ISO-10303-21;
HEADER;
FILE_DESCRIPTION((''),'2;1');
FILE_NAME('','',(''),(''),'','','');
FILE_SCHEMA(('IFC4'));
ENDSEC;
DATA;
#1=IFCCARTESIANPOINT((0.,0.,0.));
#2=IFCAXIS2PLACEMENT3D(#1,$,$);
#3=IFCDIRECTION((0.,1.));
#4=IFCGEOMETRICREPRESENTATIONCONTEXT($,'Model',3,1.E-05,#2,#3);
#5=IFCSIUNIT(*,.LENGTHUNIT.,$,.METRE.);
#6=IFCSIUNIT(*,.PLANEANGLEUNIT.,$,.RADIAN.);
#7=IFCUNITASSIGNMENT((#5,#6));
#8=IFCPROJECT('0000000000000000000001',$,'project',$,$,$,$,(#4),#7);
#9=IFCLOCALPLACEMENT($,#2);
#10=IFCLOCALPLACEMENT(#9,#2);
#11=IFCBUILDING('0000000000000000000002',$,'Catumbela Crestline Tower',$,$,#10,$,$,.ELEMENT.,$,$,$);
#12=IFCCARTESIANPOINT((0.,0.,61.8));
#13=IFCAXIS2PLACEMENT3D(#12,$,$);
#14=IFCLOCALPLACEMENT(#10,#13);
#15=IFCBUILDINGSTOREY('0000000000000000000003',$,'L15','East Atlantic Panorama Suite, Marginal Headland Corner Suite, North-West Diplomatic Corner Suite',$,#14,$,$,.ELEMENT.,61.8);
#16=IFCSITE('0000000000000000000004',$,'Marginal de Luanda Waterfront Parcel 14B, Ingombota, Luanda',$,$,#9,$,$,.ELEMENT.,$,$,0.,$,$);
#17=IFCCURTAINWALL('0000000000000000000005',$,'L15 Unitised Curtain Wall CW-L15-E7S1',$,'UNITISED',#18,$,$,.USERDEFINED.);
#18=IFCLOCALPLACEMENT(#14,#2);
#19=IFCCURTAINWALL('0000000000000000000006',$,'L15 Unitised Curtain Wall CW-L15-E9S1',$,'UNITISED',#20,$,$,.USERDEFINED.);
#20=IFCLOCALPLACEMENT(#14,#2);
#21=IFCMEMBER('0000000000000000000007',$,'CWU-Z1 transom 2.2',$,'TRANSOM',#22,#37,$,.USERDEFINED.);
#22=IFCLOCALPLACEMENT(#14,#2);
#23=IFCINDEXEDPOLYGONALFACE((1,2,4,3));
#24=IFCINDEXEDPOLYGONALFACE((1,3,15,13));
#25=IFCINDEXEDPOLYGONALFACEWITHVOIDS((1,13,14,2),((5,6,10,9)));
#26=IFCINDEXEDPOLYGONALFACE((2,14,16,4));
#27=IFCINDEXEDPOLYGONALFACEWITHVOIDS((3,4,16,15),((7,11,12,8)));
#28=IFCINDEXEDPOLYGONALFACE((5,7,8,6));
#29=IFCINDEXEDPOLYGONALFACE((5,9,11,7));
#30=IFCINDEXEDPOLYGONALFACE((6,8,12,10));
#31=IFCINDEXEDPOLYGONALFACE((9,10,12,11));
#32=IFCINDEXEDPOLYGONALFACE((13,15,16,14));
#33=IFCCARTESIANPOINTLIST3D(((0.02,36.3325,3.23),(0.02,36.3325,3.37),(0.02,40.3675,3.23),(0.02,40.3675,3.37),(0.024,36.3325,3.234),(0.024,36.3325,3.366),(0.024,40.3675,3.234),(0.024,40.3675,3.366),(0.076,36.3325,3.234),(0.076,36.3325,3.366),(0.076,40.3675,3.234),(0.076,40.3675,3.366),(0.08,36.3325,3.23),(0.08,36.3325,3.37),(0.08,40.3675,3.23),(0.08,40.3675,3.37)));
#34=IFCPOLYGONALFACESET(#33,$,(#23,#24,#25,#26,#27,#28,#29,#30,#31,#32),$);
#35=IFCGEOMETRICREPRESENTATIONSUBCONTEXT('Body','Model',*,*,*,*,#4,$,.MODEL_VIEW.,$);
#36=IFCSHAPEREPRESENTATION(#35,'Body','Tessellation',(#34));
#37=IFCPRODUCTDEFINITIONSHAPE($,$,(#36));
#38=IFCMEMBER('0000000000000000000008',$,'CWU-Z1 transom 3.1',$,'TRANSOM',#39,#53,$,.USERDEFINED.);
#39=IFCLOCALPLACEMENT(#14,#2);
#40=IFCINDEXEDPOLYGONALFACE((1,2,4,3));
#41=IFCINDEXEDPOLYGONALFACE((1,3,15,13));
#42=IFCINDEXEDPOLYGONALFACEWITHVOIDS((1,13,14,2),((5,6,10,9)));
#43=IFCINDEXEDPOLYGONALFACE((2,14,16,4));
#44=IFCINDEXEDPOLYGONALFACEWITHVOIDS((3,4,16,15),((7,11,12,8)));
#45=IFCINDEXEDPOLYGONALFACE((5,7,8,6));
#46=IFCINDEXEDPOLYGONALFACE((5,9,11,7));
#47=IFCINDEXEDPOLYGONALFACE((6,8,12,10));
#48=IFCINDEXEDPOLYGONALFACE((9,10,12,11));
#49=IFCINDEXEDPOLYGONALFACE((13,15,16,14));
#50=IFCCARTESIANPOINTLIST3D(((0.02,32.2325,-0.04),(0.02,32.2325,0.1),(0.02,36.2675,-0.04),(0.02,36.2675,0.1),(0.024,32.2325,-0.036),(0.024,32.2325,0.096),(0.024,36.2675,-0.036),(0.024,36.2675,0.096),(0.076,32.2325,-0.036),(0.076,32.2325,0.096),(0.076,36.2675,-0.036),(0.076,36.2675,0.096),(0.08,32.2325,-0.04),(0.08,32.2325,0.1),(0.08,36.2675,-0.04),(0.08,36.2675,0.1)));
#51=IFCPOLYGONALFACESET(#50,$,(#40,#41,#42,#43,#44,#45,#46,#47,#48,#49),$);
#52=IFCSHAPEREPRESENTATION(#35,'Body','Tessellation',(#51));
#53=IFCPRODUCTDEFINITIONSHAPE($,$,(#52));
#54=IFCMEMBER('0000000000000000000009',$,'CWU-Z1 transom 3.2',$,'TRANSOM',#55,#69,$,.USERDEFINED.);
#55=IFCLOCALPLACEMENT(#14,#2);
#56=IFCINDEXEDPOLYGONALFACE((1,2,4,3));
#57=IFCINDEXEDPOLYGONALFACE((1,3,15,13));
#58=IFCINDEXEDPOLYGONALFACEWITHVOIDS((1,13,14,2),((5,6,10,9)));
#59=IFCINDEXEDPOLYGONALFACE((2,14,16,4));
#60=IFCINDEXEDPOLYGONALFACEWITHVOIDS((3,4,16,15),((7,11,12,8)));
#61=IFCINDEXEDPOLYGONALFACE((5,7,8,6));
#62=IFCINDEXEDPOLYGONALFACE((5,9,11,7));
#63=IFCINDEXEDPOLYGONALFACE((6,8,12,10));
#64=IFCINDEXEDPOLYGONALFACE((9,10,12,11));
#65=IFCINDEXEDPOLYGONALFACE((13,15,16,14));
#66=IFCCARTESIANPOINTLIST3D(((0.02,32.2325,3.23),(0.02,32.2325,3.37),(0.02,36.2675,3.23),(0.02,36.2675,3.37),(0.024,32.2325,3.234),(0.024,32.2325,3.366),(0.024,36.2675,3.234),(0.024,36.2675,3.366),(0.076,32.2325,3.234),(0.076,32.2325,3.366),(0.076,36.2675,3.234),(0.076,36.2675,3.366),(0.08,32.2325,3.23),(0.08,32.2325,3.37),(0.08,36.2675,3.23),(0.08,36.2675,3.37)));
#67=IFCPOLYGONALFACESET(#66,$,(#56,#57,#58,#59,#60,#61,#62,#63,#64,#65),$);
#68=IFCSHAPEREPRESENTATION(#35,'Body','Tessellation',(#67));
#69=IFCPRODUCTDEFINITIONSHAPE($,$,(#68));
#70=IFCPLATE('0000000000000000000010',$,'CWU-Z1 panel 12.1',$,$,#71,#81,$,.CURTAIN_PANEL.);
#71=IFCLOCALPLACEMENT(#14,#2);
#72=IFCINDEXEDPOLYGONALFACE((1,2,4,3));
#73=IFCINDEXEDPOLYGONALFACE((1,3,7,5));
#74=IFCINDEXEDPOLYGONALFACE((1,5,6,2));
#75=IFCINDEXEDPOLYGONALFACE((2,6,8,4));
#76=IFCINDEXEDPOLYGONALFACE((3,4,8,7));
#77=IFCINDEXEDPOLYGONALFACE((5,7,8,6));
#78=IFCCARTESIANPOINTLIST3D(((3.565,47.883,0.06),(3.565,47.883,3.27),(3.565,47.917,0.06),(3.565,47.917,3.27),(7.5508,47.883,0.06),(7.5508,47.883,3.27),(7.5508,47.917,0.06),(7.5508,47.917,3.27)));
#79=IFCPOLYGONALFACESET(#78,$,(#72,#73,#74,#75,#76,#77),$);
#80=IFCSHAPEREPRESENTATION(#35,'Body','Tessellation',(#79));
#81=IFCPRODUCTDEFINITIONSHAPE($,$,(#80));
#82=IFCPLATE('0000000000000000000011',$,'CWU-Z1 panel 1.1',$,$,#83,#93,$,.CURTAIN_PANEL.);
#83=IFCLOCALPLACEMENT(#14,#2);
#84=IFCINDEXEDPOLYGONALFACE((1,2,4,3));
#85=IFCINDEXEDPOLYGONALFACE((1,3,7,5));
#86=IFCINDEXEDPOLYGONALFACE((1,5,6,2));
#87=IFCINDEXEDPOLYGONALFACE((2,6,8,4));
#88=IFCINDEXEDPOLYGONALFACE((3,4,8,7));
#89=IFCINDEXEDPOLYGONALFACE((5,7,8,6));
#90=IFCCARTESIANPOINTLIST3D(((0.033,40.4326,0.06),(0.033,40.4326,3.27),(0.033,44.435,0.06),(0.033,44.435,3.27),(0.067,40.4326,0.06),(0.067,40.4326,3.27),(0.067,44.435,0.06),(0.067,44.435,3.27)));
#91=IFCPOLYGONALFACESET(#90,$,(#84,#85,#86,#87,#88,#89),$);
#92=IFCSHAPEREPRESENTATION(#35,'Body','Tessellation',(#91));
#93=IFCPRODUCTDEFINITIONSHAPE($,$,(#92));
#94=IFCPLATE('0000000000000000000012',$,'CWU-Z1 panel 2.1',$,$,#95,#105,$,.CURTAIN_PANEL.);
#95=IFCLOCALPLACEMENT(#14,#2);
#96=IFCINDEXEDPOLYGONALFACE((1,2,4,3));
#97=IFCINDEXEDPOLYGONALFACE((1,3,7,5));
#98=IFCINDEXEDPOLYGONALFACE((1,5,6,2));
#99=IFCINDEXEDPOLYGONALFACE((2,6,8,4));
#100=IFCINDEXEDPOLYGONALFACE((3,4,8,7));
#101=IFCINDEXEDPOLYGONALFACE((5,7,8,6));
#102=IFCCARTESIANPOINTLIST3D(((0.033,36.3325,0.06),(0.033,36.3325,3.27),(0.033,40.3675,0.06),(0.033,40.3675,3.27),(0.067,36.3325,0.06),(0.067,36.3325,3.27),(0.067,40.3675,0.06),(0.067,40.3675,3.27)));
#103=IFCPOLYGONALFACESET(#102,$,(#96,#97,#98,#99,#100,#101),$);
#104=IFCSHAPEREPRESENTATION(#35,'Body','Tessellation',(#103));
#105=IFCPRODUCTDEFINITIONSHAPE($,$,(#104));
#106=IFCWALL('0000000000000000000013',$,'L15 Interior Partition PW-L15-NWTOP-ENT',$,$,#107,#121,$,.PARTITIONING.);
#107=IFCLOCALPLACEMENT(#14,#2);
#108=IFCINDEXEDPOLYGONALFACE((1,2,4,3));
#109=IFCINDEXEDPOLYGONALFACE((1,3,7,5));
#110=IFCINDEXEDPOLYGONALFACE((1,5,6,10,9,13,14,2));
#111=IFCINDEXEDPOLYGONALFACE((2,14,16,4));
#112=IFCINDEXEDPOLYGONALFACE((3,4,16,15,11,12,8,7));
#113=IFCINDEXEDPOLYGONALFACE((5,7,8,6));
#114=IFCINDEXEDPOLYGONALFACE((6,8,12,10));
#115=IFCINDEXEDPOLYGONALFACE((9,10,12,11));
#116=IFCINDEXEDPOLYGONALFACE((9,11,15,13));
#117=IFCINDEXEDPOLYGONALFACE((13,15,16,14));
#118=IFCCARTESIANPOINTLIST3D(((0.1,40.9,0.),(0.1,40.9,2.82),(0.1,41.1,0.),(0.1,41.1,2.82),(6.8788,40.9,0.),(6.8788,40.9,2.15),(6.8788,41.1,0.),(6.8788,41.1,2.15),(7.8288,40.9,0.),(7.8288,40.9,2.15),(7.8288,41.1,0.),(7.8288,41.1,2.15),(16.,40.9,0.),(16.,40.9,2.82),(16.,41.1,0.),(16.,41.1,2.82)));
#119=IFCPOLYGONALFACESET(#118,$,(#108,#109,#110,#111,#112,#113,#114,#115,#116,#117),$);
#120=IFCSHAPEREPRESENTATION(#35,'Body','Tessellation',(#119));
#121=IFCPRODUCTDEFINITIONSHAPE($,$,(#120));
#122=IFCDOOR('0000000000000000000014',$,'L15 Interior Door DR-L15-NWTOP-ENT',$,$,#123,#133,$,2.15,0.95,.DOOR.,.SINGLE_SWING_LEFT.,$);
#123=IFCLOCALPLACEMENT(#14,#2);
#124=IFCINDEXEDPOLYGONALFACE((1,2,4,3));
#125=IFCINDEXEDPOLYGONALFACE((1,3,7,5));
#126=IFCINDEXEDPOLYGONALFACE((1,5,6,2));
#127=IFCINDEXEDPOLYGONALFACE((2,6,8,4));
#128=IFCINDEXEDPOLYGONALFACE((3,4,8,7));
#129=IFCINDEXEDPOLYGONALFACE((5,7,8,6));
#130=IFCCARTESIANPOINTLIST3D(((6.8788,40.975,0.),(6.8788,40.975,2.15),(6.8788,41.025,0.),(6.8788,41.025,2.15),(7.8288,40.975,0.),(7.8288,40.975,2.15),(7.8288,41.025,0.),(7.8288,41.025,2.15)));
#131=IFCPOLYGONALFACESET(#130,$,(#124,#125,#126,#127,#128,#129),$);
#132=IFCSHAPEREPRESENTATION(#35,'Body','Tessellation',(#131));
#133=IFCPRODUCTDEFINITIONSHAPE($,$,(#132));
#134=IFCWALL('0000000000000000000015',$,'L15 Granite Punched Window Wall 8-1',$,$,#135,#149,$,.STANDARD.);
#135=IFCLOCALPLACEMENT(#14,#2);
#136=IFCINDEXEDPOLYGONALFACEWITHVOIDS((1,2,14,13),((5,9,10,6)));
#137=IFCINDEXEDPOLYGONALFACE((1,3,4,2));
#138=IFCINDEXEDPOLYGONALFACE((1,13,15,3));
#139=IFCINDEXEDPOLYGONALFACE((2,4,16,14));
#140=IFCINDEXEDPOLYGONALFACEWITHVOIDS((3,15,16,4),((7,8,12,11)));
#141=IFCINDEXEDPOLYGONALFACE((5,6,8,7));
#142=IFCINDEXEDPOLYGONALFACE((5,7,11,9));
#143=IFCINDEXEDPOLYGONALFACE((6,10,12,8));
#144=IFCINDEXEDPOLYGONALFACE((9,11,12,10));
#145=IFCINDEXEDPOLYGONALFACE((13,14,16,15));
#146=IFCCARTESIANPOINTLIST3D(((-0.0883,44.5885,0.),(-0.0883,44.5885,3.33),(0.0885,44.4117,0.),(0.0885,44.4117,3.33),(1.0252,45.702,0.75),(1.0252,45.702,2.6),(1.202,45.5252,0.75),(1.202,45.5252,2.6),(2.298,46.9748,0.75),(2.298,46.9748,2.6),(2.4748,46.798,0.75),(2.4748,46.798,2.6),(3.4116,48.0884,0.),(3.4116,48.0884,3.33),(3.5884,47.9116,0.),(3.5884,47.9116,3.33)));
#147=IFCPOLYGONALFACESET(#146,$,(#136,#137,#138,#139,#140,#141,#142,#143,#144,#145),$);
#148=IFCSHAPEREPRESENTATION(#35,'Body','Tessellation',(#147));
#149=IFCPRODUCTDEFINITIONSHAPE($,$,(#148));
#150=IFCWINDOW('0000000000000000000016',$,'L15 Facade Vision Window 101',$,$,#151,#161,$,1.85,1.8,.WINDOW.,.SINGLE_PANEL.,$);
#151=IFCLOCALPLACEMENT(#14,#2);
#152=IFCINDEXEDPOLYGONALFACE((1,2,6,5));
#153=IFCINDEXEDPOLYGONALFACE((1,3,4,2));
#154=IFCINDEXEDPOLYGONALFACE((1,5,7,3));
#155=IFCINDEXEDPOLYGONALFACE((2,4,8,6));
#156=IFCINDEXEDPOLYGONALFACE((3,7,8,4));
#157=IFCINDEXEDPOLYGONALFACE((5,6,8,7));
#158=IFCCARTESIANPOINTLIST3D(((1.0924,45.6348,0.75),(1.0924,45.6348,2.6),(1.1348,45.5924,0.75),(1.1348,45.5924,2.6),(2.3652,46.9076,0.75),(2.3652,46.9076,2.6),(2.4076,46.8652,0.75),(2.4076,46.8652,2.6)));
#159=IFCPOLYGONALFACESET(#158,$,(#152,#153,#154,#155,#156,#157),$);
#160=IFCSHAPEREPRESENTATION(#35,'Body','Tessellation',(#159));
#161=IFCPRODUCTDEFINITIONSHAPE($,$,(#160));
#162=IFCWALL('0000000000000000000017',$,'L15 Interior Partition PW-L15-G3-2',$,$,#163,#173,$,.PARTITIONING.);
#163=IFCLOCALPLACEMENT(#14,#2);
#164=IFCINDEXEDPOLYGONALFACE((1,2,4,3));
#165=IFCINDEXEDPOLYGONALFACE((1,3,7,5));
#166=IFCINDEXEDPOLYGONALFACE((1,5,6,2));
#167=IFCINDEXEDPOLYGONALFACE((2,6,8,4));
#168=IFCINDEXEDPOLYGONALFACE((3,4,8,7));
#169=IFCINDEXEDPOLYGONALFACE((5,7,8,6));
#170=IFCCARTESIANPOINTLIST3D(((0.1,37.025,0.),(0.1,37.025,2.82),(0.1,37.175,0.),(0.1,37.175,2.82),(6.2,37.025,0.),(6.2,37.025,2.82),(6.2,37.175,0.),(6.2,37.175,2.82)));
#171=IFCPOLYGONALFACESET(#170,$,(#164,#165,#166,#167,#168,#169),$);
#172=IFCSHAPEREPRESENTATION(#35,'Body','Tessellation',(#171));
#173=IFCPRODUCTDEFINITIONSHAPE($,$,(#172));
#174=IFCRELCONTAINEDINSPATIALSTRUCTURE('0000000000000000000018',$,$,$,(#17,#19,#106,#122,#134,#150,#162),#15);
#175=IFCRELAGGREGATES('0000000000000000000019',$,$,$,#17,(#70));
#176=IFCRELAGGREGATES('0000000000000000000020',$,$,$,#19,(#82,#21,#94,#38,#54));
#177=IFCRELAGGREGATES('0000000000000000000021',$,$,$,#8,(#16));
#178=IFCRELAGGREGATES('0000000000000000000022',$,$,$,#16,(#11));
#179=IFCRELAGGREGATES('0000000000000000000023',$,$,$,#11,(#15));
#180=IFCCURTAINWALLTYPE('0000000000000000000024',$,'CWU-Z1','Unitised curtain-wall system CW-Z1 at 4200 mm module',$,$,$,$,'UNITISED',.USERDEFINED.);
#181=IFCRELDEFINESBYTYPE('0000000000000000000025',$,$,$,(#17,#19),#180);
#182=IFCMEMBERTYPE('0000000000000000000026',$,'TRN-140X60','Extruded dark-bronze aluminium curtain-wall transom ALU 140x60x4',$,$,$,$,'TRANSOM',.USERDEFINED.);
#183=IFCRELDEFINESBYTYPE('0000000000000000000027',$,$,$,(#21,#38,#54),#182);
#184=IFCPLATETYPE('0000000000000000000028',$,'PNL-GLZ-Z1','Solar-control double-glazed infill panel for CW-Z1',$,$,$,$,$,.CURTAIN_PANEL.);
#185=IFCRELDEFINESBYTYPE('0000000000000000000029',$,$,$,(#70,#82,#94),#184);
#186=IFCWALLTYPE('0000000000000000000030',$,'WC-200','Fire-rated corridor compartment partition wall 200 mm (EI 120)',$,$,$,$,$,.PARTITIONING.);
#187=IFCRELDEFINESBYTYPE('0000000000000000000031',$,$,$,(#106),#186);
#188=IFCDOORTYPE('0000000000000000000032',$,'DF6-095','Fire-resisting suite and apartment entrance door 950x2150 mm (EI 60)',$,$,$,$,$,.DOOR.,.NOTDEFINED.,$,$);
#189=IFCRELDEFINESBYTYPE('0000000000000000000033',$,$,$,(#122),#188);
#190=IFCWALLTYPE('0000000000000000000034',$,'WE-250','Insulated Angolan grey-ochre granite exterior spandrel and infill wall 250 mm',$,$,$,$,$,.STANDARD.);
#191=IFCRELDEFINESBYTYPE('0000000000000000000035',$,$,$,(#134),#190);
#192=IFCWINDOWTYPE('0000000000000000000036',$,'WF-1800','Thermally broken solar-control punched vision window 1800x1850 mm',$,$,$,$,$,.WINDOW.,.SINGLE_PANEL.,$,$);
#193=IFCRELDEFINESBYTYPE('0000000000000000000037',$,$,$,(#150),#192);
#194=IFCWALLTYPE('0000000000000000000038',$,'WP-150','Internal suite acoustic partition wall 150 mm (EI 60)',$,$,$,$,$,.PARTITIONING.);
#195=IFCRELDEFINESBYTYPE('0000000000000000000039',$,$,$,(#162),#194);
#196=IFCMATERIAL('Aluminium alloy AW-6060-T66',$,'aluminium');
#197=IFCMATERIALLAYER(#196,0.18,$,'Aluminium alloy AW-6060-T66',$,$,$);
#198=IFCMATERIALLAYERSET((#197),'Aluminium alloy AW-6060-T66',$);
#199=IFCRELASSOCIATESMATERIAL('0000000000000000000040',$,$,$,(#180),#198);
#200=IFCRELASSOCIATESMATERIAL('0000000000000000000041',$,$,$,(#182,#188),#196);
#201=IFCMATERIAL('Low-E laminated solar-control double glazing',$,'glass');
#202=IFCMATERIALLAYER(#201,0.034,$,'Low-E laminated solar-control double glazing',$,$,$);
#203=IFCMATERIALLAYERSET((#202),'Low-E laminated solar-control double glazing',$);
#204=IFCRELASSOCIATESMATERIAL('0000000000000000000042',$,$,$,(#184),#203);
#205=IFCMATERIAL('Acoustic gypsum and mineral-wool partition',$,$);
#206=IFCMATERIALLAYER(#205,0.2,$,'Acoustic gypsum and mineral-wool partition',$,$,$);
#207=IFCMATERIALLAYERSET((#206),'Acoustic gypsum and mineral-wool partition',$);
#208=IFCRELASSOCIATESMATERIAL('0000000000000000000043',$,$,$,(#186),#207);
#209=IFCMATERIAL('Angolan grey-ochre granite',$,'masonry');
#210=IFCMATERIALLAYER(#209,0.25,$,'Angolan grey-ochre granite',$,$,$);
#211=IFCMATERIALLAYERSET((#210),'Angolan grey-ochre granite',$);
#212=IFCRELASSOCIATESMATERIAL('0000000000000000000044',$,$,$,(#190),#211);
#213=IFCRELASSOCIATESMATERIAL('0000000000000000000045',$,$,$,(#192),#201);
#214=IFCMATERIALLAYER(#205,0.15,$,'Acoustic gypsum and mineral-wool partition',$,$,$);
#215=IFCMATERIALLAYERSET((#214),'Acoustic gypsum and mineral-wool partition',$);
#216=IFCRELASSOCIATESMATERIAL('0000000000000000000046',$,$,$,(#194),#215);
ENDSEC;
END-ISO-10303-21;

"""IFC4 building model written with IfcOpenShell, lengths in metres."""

from ifc_helpers import new_model, si_unit, direction, frame, frame_2d, origin, origin_2d, place, context, subcontext, project, spatial, rectangle, hollow_rectangle, extrude, material, layer, layer_set, material_profile, profile_set, type_object, element, fill, aggregate, save


model = new_model("IFC4")

# Units and contexts
model_context = context("Model", 3, precision=1e-05, world=origin(), true_north=direction((0.0, 1.0)))
body_context = subcontext(model_context, "Body", "Model", "MODEL_VIEW")
ifc_project = project(units=[si_unit("LENGTHUNIT", "METRE"), si_unit("PLANEANGLEUNIT", "RADIAN")], contexts=[model_context])

# Site, building, storey
site_placement = place(None, origin())
site = spatial("IfcSite", under=ifc_project, at=site_placement, Name="Marginal de Luanda Waterfront Parcel 14B, Ingombota, Luanda", CompositionType="ELEMENT", RefElevation=0.0)
building_placement = place(site_placement, origin())
building = spatial("IfcBuilding", under=site, at=building_placement, Name="Catumbela Crestline Tower", CompositionType="ELEMENT")
storey_placement = place(building_placement, frame((0.0, 0.0, 61.8)))
storey = spatial("IfcBuildingStorey", under=building, at=storey_placement, Name="L15", Description="East Atlantic Panorama Suite, Marginal Headland Corner Suite, North-West Diplomatic Corner Suite", CompositionType="ELEMENT", Elevation=61.8)

# Curtain walls
ifc_material_1 = material(Name="Aluminium alloy AW-6060-T66", Category="aluminium")
ifc_layer_1 = layer(ifc_material_1, 0.18, Name="Aluminium alloy AW-6060-T66")
ifc_layer_set_1 = layer_set([ifc_layer_1], Name="Aluminium alloy AW-6060-T66")
curtain_wall_type = type_object("IfcCurtainWallType", Name="CWU-Z1", Description="Unitised curtain-wall system CW-Z1 at 4200 mm module", ElementType="UNITISED", PredefinedType="USERDEFINED", material=ifc_layer_set_1)
curtain_wall_1_placement = place(storey_placement, origin())
curtain_wall_1 = element("IfcCurtainWall", 1, at=curtain_wall_1_placement, inside=storey, type_object=curtain_wall_type, Name="L15 Unitised Curtain Wall CW-L15-E7S1", ObjectType="UNITISED", PredefinedType="USERDEFINED")
curtain_wall_2_placement = place(storey_placement, origin())
curtain_wall_2 = element("IfcCurtainWall", 2, at=curtain_wall_2_placement, inside=storey, type_object=curtain_wall_type, Name="L15 Unitised Curtain Wall CW-L15-E9S1", ObjectType="UNITISED", PredefinedType="USERDEFINED")

# Members
ifc_material_profile_1 = material_profile(ifc_material_1, hollow_rectangle(XDim=0.06, YDim=0.14, WallThickness=0.004, at=origin_2d()), Name="ALU 140x60x4")
ifc_profile_set_1 = profile_set([ifc_material_profile_1], Name="Aluminium alloy AW-6060-T66")
member_type_1 = type_object("IfcMemberType", Name="TRN-140X60", Description="Extruded dark-bronze aluminium curtain-wall transom ALU 140x60x4", ElementType="TRANSOM", PredefinedType="USERDEFINED", material=ifc_profile_set_1)
member_1_placement = place(storey_placement, frame((0.05, 40.3675, 3.3), z_axis=(0.0, -1.0, 0.0), x_axis=(1.0, 0.0, 0.0)))
member_1 = element("IfcMember", 3, at=member_1_placement, type_object=member_type_1, Name="CWU-Z1 transom 2.2", ObjectType="TRANSOM", PredefinedType="USERDEFINED", context=body_context, shape_type="SweptSolid", body=[
    extrude(hollow_rectangle(XDim=0.06, YDim=0.14, WallThickness=0.004, at=origin_2d()), origin(), (0.0, 0.0, 1.0), 4.035),
])
member_2_placement = place(storey_placement, frame((0.05, 36.2675, 0.03), z_axis=(0.0, -1.0, 0.0), x_axis=(1.0, 0.0, 0.0)))
member_2 = element("IfcMember", 4, at=member_2_placement, type_object=member_type_1, Name="CWU-Z1 transom 3.1", ObjectType="TRANSOM", PredefinedType="USERDEFINED", context=body_context, shape_type="SweptSolid", body=[
    extrude(hollow_rectangle(XDim=0.06, YDim=0.14, WallThickness=0.004, at=origin_2d()), origin(), (0.0, 0.0, 1.0), 4.035),
])
member_3_placement = place(storey_placement, frame((0.05, 36.2675, 3.3), z_axis=(0.0, -1.0, 0.0), x_axis=(1.0, 0.0, 0.0)))
member_3 = element("IfcMember", 5, at=member_3_placement, type_object=member_type_1, Name="CWU-Z1 transom 3.2", ObjectType="TRANSOM", PredefinedType="USERDEFINED", context=body_context, shape_type="SweptSolid", body=[
    extrude(hollow_rectangle(XDim=0.06, YDim=0.14, WallThickness=0.004, at=origin_2d()), origin(), (0.0, 0.0, 1.0), 4.035),
])

# Plates
ifc_material_2 = material(Name="Low-E laminated solar-control double glazing", Category="glass")
ifc_layer_2 = layer(ifc_material_2, 0.034, Name="Low-E laminated solar-control double glazing")
ifc_layer_set_2 = layer_set([ifc_layer_2], Name="Low-E laminated solar-control double glazing")
plate_type = type_object("IfcPlateType", Name="PNL-GLZ-Z1", Description="Solar-control double-glazed infill panel for CW-Z1", PredefinedType="CURTAIN_PANEL", material=ifc_layer_set_2)
plate_1_placement = place(storey_placement, frame((5.5579, 47.9, 0.06), z_axis=(0.0, 0.0, 1.0), x_axis=(-1.0, 0.0, 0.0)))
plate_1 = element("IfcPlate", 6, at=plate_1_placement, type_object=plate_type, Name="CWU-Z1 panel 12.1", PredefinedType="CURTAIN_PANEL", context=body_context, shape_type="SweptSolid", body=[
    extrude(rectangle(XDim=3.9858, YDim=0.034, at=origin_2d()), origin(), (0.0, 0.0, 1.0), 3.21),
])
aggregate(curtain_wall_1, [plate_1])
plate_2_placement = place(storey_placement, frame((0.05, 42.4338, 0.06), z_axis=(0.0, 0.0, 1.0), x_axis=(0.0, -1.0, 0.0)))
plate_2 = element("IfcPlate", 7, at=plate_2_placement, type_object=plate_type, Name="CWU-Z1 panel 1.1", PredefinedType="CURTAIN_PANEL", context=body_context, shape_type="SweptSolid", body=[
    extrude(rectangle(XDim=4.0025, YDim=0.034, at=origin_2d()), origin(), (0.0, 0.0, 1.0), 3.21),
])
plate_3_placement = place(storey_placement, frame((0.05, 38.35, 0.06), z_axis=(0.0, 0.0, 1.0), x_axis=(0.0, -1.0, 0.0)))
plate_3 = element("IfcPlate", 8, at=plate_3_placement, type_object=plate_type, Name="CWU-Z1 panel 2.1", PredefinedType="CURTAIN_PANEL", context=body_context, shape_type="SweptSolid", body=[
    extrude(rectangle(XDim=4.035, YDim=0.034, at=origin_2d()), origin(), (0.0, 0.0, 1.0), 3.21),
])
aggregate(curtain_wall_2, [plate_2, member_1, plate_3, member_2, member_3])

# Wall, opening, door
ifc_material_3 = material(Name="Acoustic gypsum and mineral-wool partition")
ifc_layer_3 = layer(ifc_material_3, 0.2, Name="Acoustic gypsum and mineral-wool partition")
ifc_layer_set_3 = layer_set([ifc_layer_3], Name="Acoustic gypsum and mineral-wool partition")
wall_type_1 = type_object("IfcWallType", Name="WC-200", Description="Fire-rated corridor compartment partition wall 200 mm (EI 120)", PredefinedType="PARTITIONING", material=ifc_layer_set_3)
wall_1_placement = place(storey_placement, frame((0.1, 41.0, 0.0), z_axis=(0.0, 0.0, 1.0), x_axis=(1.0, 0.0, 0.0)))
wall_1 = element("IfcWall", 9, at=wall_1_placement, inside=storey, type_object=wall_type_1, Name="L15 Interior Partition PW-L15-NWTOP-ENT", PredefinedType="PARTITIONING", context=body_context, shape_type="SweptSolid", body=[
    extrude(rectangle(XDim=15.9, YDim=0.2, at=frame_2d((7.95, 0.0))), origin(), (0.0, 0.0, 1.0), 2.82),
])
opening_1_placement = place(wall_1_placement, frame((6.7788, 0.0, 0.0)))
opening_1 = element("IfcOpeningElement", 10, at=opening_1_placement, cuts=wall_1, PredefinedType="OPENING", context=body_context, shape_type="SweptSolid", body=[
    extrude(rectangle(XDim=0.95, YDim=2.15, at=frame_2d((0.475, 1.075))), frame((0.0, 0.11, 0.0), z_axis=(0.0, -1.0, 0.0), x_axis=(1.0, 0.0, 0.0)), (0.0, 0.0, 1.0), 0.22),
])
door_type = type_object("IfcDoorType", Name="DF6-095", Description="Fire-resisting suite and apartment entrance door 950x2150 mm (EI 60)", OperationType="NOTDEFINED", PredefinedType="DOOR", material=ifc_material_1)
door_placement = place(opening_1_placement, origin())
door = element("IfcDoor", 11, at=door_placement, inside=storey, type_object=door_type, Name="L15 Interior Door DR-L15-NWTOP-ENT", OperationType="SINGLE_SWING_LEFT", OverallHeight=2.15, OverallWidth=0.95, PredefinedType="DOOR", context=body_context, shape_type="SweptSolid", body=[
    extrude(rectangle(XDim=0.95, YDim=2.15, at=frame_2d((0.475, 1.075))), frame((0.0, 0.025, 0.0), z_axis=(0.0, -1.0, 0.0), x_axis=(1.0, 0.0, 0.0)), (0.0, 0.0, 1.0), 0.05),
])
fill(opening_1, door)

# Wall, opening, window
ifc_material_4 = material(Name="Angolan grey-ochre granite", Category="masonry")
ifc_layer_4 = layer(ifc_material_4, 0.25, Name="Angolan grey-ochre granite")
ifc_layer_set_4 = layer_set([ifc_layer_4], Name="Angolan grey-ochre granite")
wall_type_2 = type_object("IfcWallType", Name="WE-250", Description="Insulated Angolan grey-ochre granite exterior spandrel and infill wall 250 mm", PredefinedType="STANDARD", material=ifc_layer_set_4)
wall_2_placement = place(storey_placement, frame((3.5, 48.0, 0.0), z_axis=(0.0, 0.0, 1.0), x_axis=(-0.707107, -0.707107, 0.0)))
wall_2 = element("IfcWall", 12, at=wall_2_placement, inside=storey, type_object=wall_type_2, Name="L15 Granite Punched Window Wall 8-1", PredefinedType="STANDARD", context=body_context, shape_type="SweptSolid", body=[
    extrude(rectangle(XDim=4.9497, YDim=0.25, at=frame_2d((2.4748, 0.0))), origin(), (0.0, 0.0, 1.0), 3.33),
])
opening_2_placement = place(wall_2_placement, frame((1.5749, 0.0, 0.75)))
opening_2 = element("IfcOpeningElement", 13, at=opening_2_placement, cuts=wall_2, PredefinedType="OPENING", context=body_context, shape_type="SweptSolid", body=[
    extrude(rectangle(XDim=1.8, YDim=1.85, at=frame_2d((0.9, 0.925))), frame((0.0, 0.135, 0.0), z_axis=(0.0, -1.0, 0.0), x_axis=(1.0, 0.0, 0.0)), (0.0, 0.0, 1.0), 0.27),
])
window_type = type_object("IfcWindowType", Name="WF-1800", Description="Thermally broken solar-control punched vision window 1800x1850 mm", PartitioningType="SINGLE_PANEL", PredefinedType="WINDOW", material=ifc_material_2)
window_placement = place(opening_2_placement, origin())
window = element("IfcWindow", 14, at=window_placement, inside=storey, type_object=window_type, Name="L15 Facade Vision Window 101", OverallHeight=1.85, OverallWidth=1.8, PartitioningType="SINGLE_PANEL", PredefinedType="WINDOW", context=body_context, shape_type="SweptSolid", body=[
    extrude(rectangle(XDim=1.8, YDim=1.85, at=frame_2d((0.9, 0.925))), frame((0.0, 0.03, 0.0), z_axis=(0.0, -1.0, 0.0), x_axis=(1.0, 0.0, 0.0)), (0.0, 0.0, 1.0), 0.06),
])
fill(opening_2, window)

# Wall
ifc_layer_5 = layer(ifc_material_3, 0.15, Name="Acoustic gypsum and mineral-wool partition")
ifc_layer_set_5 = layer_set([ifc_layer_5], Name="Acoustic gypsum and mineral-wool partition")
wall_type_3 = type_object("IfcWallType", Name="WP-150", Description="Internal suite acoustic partition wall 150 mm (EI 60)", PredefinedType="PARTITIONING", material=ifc_layer_set_5)
wall_3_placement = place(storey_placement, frame((0.1, 37.1, 0.0), z_axis=(0.0, 0.0, 1.0), x_axis=(1.0, 0.0, 0.0)))
element("IfcWall", 15, at=wall_3_placement, inside=storey, type_object=wall_type_3, Name="L15 Interior Partition PW-L15-G3-2", PredefinedType="PARTITIONING", context=body_context, shape_type="SweptSolid", body=[
    extrude(rectangle(XDim=6.1, YDim=0.15, at=frame_2d((3.05, 0.0))), origin(), (0.0, 0.0, 1.0), 2.82),
])

save(model, "model.ifc")
